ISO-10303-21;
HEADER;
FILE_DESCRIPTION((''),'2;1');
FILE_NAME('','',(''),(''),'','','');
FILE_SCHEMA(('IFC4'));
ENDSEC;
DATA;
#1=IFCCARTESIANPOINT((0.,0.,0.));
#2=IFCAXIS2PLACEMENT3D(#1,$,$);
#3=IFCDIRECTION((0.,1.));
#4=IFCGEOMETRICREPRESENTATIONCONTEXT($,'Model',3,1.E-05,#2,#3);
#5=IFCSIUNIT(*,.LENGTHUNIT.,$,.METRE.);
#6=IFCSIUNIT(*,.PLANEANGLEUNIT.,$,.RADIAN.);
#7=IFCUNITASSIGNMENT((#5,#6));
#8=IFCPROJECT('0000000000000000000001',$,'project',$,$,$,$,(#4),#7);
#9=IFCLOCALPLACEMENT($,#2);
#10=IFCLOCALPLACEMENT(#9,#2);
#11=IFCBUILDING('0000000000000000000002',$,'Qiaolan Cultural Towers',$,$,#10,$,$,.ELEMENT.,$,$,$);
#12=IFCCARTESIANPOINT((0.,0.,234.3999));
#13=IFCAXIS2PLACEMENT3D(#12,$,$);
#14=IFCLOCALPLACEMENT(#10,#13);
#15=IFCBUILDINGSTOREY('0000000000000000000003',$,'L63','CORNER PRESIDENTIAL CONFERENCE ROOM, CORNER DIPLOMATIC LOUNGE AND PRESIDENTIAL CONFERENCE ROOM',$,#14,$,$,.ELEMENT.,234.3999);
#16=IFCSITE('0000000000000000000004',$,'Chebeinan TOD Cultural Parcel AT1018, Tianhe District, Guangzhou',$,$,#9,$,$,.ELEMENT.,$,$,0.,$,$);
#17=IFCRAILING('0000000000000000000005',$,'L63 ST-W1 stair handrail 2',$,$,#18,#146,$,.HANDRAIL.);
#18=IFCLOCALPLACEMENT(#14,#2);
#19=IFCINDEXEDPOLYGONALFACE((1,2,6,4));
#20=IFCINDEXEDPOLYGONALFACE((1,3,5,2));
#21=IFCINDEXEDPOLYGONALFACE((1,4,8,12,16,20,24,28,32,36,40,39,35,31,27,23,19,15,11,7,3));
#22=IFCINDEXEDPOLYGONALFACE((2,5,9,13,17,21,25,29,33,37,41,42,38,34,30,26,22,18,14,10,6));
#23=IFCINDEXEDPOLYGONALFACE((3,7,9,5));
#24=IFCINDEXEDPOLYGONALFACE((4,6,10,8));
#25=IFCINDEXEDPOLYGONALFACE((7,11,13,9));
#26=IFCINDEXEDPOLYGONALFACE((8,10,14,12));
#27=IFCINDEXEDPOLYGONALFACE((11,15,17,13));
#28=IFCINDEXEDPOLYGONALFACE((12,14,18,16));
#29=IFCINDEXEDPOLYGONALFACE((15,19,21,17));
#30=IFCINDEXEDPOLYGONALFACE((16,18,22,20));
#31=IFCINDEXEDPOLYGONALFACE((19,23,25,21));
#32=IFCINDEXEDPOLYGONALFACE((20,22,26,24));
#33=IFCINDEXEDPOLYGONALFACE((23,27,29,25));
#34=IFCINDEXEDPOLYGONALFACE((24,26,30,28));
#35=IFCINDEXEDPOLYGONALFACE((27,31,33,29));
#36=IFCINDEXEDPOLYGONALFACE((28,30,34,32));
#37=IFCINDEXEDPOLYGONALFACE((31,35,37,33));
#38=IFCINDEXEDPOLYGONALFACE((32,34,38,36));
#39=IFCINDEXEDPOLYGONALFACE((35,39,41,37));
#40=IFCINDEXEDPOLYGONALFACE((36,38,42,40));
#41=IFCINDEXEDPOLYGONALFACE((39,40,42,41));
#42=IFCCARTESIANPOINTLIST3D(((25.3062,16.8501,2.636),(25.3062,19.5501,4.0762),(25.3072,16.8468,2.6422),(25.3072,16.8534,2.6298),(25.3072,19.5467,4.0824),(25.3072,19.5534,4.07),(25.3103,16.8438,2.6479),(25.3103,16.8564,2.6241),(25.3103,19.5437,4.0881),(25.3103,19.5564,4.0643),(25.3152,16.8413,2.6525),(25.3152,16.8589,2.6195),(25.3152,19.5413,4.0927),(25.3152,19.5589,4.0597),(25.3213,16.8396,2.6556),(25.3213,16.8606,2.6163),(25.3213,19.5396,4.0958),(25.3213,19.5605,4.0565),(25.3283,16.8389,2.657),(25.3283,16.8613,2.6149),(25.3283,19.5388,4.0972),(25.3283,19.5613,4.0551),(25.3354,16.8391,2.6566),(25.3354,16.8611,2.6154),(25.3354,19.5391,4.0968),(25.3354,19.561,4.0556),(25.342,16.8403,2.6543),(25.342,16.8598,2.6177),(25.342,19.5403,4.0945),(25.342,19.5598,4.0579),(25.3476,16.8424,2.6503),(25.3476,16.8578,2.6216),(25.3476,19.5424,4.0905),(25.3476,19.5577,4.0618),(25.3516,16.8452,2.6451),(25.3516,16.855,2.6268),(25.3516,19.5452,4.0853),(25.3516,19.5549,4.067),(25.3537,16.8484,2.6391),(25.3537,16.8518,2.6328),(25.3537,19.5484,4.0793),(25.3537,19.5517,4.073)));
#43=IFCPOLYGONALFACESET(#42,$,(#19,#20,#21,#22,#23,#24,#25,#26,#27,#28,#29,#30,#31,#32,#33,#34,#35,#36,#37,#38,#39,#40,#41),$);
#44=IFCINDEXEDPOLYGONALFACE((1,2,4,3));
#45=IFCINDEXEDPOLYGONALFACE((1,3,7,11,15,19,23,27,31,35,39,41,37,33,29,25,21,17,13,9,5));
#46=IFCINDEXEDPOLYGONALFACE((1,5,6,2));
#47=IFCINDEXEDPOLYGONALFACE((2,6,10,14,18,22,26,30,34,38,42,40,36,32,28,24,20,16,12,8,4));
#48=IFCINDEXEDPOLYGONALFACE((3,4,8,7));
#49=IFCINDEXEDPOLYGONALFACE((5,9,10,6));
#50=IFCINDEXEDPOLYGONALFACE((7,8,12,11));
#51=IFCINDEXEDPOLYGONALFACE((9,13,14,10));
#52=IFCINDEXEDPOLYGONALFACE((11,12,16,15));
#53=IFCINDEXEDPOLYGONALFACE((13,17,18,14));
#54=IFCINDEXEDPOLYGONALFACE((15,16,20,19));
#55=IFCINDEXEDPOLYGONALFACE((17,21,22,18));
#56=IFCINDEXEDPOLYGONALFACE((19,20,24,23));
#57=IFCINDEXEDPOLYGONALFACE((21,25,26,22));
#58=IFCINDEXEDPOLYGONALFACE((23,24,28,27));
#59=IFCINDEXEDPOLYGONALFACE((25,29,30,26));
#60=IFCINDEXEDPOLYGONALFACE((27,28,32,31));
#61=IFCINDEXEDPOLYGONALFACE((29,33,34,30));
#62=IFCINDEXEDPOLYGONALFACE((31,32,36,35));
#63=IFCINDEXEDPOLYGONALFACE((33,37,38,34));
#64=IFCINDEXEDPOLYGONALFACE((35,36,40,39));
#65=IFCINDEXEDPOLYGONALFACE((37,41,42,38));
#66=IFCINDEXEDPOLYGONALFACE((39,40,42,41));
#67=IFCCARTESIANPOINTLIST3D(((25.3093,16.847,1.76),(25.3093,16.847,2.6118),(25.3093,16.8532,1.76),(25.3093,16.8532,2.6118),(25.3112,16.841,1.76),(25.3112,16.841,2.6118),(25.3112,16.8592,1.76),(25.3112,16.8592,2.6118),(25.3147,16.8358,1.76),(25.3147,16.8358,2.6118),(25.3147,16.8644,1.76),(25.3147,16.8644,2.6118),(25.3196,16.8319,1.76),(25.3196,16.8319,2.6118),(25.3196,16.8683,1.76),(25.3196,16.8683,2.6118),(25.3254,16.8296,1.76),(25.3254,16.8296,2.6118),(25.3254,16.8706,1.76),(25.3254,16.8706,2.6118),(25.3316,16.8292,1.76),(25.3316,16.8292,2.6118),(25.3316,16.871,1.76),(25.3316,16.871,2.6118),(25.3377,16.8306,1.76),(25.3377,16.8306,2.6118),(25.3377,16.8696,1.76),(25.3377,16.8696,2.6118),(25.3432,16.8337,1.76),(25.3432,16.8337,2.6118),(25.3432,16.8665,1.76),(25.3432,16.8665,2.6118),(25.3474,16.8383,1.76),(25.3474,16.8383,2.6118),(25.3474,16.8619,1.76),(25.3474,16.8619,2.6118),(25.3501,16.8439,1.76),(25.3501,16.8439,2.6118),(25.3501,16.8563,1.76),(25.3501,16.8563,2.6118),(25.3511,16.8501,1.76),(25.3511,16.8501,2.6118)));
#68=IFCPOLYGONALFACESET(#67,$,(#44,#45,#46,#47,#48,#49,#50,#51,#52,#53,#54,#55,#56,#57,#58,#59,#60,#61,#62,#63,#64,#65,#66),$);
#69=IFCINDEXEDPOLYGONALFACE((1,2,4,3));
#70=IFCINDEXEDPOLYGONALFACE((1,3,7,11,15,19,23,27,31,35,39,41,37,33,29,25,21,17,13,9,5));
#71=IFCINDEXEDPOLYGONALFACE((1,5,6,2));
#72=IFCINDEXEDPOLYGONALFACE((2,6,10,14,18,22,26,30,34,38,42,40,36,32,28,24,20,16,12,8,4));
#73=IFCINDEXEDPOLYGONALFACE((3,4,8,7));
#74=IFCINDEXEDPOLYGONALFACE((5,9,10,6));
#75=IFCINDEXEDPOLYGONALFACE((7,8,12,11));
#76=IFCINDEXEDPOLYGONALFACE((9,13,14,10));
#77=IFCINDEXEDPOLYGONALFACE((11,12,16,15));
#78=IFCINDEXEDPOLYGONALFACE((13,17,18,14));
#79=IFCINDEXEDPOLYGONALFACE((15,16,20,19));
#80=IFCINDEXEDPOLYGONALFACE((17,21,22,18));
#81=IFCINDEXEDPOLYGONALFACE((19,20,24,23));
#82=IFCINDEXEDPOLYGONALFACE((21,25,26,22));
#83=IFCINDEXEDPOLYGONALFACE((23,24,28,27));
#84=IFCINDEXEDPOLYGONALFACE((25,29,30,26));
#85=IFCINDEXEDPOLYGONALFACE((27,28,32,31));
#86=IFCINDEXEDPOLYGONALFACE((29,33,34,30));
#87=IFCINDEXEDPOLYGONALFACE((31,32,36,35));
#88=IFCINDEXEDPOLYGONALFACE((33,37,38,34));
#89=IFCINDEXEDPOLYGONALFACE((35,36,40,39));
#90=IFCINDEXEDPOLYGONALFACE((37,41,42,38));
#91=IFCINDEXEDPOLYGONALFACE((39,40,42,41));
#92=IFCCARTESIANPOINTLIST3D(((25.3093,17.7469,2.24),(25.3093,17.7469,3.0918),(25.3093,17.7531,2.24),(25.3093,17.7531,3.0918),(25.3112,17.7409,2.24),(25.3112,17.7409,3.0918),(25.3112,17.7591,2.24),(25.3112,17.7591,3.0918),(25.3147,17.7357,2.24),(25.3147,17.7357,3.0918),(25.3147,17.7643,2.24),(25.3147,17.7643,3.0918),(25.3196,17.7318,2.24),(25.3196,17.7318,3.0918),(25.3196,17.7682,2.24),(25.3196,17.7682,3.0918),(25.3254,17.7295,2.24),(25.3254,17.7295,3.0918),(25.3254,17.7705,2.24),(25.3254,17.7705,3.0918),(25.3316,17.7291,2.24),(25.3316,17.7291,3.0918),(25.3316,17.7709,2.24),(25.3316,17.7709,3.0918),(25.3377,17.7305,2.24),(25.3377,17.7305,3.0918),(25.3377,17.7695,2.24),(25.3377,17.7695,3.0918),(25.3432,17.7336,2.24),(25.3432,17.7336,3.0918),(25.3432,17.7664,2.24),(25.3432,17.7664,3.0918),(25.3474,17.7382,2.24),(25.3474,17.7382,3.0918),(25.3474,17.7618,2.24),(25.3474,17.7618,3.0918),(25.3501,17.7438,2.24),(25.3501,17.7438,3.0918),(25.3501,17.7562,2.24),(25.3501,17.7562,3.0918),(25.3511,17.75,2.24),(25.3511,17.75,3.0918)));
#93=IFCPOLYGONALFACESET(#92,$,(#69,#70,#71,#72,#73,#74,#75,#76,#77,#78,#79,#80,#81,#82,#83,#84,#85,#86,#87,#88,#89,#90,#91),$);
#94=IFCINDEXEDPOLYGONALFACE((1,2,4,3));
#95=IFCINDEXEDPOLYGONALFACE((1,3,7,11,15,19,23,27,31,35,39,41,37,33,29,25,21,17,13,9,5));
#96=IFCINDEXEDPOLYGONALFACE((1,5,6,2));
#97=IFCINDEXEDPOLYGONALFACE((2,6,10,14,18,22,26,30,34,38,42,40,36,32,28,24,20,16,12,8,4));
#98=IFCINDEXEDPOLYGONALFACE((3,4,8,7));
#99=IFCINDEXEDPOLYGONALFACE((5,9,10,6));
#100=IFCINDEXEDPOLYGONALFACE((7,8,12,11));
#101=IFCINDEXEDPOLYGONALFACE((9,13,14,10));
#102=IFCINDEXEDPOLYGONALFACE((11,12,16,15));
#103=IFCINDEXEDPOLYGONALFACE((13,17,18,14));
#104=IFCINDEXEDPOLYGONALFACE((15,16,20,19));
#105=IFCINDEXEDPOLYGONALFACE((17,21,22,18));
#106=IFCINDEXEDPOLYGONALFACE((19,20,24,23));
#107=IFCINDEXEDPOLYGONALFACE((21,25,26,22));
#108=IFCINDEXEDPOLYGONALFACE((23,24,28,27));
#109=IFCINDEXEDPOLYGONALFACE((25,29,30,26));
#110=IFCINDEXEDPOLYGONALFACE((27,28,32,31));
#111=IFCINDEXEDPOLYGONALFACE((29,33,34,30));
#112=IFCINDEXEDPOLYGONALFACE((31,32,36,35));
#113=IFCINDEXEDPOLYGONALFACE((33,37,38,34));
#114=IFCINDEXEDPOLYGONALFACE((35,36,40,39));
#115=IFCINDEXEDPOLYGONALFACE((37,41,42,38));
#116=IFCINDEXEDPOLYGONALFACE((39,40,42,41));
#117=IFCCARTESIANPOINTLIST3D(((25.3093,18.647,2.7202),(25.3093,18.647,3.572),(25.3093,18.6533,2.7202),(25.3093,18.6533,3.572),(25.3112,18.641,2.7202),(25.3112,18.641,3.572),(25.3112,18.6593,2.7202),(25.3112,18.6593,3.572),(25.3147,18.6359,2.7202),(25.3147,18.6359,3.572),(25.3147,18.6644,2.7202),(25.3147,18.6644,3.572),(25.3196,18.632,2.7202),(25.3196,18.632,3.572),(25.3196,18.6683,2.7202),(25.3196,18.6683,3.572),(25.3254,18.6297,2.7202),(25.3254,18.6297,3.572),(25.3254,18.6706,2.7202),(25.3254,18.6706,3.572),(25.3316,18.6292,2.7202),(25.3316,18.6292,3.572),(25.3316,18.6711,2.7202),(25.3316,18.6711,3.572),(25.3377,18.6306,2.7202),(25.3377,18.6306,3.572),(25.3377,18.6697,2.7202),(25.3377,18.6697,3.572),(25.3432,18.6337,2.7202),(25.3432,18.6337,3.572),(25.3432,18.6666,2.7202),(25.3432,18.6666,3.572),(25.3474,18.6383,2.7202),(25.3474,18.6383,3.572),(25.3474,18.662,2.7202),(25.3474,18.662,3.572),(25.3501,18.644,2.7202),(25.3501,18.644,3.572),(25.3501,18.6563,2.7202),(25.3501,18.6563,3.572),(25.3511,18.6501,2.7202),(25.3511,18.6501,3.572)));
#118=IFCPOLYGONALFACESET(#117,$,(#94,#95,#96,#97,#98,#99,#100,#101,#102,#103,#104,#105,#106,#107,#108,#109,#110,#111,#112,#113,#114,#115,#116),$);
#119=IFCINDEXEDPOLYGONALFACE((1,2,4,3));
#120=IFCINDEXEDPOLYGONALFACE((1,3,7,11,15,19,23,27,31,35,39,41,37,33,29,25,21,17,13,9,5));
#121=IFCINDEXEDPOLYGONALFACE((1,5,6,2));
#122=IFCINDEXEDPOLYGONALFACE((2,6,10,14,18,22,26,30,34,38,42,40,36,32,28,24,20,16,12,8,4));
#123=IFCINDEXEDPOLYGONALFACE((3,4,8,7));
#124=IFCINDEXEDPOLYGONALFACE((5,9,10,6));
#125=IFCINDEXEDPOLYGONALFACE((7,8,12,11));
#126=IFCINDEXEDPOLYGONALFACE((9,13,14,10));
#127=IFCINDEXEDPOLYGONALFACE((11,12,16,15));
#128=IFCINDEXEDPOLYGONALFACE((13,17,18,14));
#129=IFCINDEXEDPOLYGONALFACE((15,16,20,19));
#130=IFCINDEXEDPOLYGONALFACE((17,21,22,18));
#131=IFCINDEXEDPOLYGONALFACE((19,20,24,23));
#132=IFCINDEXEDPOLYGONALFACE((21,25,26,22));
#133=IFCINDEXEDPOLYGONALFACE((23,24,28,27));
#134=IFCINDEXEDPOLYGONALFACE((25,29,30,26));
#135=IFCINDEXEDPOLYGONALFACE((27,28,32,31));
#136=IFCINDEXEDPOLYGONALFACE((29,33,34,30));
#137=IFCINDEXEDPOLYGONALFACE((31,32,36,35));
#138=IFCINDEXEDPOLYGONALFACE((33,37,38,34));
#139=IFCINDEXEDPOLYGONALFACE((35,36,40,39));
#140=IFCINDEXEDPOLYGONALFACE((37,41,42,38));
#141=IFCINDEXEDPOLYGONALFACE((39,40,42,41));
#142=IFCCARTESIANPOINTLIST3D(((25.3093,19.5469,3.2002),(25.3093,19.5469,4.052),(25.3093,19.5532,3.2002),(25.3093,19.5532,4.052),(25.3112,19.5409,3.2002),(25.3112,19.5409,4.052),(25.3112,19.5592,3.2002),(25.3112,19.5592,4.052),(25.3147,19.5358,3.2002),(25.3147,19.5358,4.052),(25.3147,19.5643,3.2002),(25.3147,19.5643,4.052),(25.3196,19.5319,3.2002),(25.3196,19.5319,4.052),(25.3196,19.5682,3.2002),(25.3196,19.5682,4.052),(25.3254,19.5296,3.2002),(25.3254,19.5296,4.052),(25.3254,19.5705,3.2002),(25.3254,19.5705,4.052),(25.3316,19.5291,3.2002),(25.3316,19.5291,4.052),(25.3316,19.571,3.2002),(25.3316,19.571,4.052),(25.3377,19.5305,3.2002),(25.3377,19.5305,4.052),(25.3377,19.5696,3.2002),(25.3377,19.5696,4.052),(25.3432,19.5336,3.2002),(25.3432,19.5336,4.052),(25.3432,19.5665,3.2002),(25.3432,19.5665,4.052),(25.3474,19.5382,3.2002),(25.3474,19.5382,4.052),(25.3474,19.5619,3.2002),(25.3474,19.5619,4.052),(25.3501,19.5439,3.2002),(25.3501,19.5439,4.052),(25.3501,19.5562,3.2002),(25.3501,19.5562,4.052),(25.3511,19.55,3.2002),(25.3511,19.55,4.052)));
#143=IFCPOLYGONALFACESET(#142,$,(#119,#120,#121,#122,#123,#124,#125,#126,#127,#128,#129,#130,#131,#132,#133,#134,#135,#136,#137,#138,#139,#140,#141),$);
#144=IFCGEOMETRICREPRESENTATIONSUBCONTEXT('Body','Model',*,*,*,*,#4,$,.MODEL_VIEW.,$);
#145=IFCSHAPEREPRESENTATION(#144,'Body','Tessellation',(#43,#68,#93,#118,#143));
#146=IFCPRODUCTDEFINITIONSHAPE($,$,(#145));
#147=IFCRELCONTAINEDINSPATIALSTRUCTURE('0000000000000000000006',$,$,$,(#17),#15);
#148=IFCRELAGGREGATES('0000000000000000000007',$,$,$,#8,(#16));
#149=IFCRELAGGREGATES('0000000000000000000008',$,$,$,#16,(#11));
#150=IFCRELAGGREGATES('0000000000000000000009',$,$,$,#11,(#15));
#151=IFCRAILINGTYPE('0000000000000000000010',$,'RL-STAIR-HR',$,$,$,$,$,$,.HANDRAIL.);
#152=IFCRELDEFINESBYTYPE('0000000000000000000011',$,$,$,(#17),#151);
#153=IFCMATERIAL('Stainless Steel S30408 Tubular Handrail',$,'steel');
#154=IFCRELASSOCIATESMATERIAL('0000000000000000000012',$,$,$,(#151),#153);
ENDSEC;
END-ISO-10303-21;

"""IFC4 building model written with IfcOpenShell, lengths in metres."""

from ifc_helpers import new_model, si_unit, direction, frame, origin, origin_2d, place, context, subcontext, project, spatial, circle, extrude, material, type_object, element, save


model = new_model("IFC4")

# Units and contexts
model_context = context("Model", 3, precision=1e-05, world=origin(), true_north=direction((0.0, 1.0)))
body_context = subcontext(model_context, "Body", "Model", "MODEL_VIEW")
ifc_project = project(units=[si_unit("LENGTHUNIT", "METRE"), si_unit("PLANEANGLEUNIT", "RADIAN")], contexts=[model_context])

# Site, building, storey
site_placement = place(None, origin())
site = spatial("IfcSite", under=ifc_project, at=site_placement, Name="Chebeinan TOD Cultural Parcel AT1018, Tianhe District, Guangzhou", CompositionType="ELEMENT", RefElevation=0.0)
building_placement = place(site_placement, origin())
building = spatial("IfcBuilding", under=site, at=building_placement, Name="Qiaolan Cultural Towers", CompositionType="ELEMENT")
storey_placement = place(building_placement, frame((0.0, 0.0, 234.3999)))
storey = spatial("IfcBuildingStorey", under=building, at=storey_placement, Name="L63", Description="CORNER PRESIDENTIAL CONFERENCE ROOM, CORNER DIPLOMATIC LOUNGE AND PRESIDENTIAL CONFERENCE ROOM", CompositionType="ELEMENT", Elevation=234.3999)

# Railing
ifc_material_1 = material(Name="Stainless Steel S30408 Tubular Handrail", Category="steel")
railing_type_1 = type_object("IfcRailingType", Name="RL-STAIR-HR", PredefinedType="HANDRAIL", material=ifc_material_1)
railing_1_placement = place(storey_placement, frame((25.3301, 16.8501, 1.76)))
element("IfcRailing", 1, at=railing_1_placement, inside=storey, type_object=railing_type_1, Name="L63 ST-W1 stair handrail 2", PredefinedType="HANDRAIL", context=body_context, shape_type="SweptSolid", body=[
    extrude(circle(Radius=0.0239, at=origin_2d()), frame((0.0, 0.0, 0.876), z_axis=(0.0, 0.882324, 0.470642), x_axis=(-1.0, 0.0, 0.0)), (0.0, 0.0, 1.0), 3.0601),
    extrude(circle(Radius=0.021, at=origin_2d()), origin(), (0.0, 0.0, 1.0), 0.8518),
    extrude(circle(Radius=0.021, at=origin_2d()), frame((0.0, 0.8999, 0.48)), (0.0, 0.0, 1.0), 0.8518),
    extrude(circle(Radius=0.021, at=origin_2d()), frame((0.0, 1.8, 0.9602)), (0.0, 0.0, 1.0), 0.8518),
    extrude(circle(Radius=0.021, at=origin_2d()), frame((0.0, 2.7, 1.4402)), (0.0, 0.0, 1.0), 0.8518),
])

save(model, "model.ifc")
